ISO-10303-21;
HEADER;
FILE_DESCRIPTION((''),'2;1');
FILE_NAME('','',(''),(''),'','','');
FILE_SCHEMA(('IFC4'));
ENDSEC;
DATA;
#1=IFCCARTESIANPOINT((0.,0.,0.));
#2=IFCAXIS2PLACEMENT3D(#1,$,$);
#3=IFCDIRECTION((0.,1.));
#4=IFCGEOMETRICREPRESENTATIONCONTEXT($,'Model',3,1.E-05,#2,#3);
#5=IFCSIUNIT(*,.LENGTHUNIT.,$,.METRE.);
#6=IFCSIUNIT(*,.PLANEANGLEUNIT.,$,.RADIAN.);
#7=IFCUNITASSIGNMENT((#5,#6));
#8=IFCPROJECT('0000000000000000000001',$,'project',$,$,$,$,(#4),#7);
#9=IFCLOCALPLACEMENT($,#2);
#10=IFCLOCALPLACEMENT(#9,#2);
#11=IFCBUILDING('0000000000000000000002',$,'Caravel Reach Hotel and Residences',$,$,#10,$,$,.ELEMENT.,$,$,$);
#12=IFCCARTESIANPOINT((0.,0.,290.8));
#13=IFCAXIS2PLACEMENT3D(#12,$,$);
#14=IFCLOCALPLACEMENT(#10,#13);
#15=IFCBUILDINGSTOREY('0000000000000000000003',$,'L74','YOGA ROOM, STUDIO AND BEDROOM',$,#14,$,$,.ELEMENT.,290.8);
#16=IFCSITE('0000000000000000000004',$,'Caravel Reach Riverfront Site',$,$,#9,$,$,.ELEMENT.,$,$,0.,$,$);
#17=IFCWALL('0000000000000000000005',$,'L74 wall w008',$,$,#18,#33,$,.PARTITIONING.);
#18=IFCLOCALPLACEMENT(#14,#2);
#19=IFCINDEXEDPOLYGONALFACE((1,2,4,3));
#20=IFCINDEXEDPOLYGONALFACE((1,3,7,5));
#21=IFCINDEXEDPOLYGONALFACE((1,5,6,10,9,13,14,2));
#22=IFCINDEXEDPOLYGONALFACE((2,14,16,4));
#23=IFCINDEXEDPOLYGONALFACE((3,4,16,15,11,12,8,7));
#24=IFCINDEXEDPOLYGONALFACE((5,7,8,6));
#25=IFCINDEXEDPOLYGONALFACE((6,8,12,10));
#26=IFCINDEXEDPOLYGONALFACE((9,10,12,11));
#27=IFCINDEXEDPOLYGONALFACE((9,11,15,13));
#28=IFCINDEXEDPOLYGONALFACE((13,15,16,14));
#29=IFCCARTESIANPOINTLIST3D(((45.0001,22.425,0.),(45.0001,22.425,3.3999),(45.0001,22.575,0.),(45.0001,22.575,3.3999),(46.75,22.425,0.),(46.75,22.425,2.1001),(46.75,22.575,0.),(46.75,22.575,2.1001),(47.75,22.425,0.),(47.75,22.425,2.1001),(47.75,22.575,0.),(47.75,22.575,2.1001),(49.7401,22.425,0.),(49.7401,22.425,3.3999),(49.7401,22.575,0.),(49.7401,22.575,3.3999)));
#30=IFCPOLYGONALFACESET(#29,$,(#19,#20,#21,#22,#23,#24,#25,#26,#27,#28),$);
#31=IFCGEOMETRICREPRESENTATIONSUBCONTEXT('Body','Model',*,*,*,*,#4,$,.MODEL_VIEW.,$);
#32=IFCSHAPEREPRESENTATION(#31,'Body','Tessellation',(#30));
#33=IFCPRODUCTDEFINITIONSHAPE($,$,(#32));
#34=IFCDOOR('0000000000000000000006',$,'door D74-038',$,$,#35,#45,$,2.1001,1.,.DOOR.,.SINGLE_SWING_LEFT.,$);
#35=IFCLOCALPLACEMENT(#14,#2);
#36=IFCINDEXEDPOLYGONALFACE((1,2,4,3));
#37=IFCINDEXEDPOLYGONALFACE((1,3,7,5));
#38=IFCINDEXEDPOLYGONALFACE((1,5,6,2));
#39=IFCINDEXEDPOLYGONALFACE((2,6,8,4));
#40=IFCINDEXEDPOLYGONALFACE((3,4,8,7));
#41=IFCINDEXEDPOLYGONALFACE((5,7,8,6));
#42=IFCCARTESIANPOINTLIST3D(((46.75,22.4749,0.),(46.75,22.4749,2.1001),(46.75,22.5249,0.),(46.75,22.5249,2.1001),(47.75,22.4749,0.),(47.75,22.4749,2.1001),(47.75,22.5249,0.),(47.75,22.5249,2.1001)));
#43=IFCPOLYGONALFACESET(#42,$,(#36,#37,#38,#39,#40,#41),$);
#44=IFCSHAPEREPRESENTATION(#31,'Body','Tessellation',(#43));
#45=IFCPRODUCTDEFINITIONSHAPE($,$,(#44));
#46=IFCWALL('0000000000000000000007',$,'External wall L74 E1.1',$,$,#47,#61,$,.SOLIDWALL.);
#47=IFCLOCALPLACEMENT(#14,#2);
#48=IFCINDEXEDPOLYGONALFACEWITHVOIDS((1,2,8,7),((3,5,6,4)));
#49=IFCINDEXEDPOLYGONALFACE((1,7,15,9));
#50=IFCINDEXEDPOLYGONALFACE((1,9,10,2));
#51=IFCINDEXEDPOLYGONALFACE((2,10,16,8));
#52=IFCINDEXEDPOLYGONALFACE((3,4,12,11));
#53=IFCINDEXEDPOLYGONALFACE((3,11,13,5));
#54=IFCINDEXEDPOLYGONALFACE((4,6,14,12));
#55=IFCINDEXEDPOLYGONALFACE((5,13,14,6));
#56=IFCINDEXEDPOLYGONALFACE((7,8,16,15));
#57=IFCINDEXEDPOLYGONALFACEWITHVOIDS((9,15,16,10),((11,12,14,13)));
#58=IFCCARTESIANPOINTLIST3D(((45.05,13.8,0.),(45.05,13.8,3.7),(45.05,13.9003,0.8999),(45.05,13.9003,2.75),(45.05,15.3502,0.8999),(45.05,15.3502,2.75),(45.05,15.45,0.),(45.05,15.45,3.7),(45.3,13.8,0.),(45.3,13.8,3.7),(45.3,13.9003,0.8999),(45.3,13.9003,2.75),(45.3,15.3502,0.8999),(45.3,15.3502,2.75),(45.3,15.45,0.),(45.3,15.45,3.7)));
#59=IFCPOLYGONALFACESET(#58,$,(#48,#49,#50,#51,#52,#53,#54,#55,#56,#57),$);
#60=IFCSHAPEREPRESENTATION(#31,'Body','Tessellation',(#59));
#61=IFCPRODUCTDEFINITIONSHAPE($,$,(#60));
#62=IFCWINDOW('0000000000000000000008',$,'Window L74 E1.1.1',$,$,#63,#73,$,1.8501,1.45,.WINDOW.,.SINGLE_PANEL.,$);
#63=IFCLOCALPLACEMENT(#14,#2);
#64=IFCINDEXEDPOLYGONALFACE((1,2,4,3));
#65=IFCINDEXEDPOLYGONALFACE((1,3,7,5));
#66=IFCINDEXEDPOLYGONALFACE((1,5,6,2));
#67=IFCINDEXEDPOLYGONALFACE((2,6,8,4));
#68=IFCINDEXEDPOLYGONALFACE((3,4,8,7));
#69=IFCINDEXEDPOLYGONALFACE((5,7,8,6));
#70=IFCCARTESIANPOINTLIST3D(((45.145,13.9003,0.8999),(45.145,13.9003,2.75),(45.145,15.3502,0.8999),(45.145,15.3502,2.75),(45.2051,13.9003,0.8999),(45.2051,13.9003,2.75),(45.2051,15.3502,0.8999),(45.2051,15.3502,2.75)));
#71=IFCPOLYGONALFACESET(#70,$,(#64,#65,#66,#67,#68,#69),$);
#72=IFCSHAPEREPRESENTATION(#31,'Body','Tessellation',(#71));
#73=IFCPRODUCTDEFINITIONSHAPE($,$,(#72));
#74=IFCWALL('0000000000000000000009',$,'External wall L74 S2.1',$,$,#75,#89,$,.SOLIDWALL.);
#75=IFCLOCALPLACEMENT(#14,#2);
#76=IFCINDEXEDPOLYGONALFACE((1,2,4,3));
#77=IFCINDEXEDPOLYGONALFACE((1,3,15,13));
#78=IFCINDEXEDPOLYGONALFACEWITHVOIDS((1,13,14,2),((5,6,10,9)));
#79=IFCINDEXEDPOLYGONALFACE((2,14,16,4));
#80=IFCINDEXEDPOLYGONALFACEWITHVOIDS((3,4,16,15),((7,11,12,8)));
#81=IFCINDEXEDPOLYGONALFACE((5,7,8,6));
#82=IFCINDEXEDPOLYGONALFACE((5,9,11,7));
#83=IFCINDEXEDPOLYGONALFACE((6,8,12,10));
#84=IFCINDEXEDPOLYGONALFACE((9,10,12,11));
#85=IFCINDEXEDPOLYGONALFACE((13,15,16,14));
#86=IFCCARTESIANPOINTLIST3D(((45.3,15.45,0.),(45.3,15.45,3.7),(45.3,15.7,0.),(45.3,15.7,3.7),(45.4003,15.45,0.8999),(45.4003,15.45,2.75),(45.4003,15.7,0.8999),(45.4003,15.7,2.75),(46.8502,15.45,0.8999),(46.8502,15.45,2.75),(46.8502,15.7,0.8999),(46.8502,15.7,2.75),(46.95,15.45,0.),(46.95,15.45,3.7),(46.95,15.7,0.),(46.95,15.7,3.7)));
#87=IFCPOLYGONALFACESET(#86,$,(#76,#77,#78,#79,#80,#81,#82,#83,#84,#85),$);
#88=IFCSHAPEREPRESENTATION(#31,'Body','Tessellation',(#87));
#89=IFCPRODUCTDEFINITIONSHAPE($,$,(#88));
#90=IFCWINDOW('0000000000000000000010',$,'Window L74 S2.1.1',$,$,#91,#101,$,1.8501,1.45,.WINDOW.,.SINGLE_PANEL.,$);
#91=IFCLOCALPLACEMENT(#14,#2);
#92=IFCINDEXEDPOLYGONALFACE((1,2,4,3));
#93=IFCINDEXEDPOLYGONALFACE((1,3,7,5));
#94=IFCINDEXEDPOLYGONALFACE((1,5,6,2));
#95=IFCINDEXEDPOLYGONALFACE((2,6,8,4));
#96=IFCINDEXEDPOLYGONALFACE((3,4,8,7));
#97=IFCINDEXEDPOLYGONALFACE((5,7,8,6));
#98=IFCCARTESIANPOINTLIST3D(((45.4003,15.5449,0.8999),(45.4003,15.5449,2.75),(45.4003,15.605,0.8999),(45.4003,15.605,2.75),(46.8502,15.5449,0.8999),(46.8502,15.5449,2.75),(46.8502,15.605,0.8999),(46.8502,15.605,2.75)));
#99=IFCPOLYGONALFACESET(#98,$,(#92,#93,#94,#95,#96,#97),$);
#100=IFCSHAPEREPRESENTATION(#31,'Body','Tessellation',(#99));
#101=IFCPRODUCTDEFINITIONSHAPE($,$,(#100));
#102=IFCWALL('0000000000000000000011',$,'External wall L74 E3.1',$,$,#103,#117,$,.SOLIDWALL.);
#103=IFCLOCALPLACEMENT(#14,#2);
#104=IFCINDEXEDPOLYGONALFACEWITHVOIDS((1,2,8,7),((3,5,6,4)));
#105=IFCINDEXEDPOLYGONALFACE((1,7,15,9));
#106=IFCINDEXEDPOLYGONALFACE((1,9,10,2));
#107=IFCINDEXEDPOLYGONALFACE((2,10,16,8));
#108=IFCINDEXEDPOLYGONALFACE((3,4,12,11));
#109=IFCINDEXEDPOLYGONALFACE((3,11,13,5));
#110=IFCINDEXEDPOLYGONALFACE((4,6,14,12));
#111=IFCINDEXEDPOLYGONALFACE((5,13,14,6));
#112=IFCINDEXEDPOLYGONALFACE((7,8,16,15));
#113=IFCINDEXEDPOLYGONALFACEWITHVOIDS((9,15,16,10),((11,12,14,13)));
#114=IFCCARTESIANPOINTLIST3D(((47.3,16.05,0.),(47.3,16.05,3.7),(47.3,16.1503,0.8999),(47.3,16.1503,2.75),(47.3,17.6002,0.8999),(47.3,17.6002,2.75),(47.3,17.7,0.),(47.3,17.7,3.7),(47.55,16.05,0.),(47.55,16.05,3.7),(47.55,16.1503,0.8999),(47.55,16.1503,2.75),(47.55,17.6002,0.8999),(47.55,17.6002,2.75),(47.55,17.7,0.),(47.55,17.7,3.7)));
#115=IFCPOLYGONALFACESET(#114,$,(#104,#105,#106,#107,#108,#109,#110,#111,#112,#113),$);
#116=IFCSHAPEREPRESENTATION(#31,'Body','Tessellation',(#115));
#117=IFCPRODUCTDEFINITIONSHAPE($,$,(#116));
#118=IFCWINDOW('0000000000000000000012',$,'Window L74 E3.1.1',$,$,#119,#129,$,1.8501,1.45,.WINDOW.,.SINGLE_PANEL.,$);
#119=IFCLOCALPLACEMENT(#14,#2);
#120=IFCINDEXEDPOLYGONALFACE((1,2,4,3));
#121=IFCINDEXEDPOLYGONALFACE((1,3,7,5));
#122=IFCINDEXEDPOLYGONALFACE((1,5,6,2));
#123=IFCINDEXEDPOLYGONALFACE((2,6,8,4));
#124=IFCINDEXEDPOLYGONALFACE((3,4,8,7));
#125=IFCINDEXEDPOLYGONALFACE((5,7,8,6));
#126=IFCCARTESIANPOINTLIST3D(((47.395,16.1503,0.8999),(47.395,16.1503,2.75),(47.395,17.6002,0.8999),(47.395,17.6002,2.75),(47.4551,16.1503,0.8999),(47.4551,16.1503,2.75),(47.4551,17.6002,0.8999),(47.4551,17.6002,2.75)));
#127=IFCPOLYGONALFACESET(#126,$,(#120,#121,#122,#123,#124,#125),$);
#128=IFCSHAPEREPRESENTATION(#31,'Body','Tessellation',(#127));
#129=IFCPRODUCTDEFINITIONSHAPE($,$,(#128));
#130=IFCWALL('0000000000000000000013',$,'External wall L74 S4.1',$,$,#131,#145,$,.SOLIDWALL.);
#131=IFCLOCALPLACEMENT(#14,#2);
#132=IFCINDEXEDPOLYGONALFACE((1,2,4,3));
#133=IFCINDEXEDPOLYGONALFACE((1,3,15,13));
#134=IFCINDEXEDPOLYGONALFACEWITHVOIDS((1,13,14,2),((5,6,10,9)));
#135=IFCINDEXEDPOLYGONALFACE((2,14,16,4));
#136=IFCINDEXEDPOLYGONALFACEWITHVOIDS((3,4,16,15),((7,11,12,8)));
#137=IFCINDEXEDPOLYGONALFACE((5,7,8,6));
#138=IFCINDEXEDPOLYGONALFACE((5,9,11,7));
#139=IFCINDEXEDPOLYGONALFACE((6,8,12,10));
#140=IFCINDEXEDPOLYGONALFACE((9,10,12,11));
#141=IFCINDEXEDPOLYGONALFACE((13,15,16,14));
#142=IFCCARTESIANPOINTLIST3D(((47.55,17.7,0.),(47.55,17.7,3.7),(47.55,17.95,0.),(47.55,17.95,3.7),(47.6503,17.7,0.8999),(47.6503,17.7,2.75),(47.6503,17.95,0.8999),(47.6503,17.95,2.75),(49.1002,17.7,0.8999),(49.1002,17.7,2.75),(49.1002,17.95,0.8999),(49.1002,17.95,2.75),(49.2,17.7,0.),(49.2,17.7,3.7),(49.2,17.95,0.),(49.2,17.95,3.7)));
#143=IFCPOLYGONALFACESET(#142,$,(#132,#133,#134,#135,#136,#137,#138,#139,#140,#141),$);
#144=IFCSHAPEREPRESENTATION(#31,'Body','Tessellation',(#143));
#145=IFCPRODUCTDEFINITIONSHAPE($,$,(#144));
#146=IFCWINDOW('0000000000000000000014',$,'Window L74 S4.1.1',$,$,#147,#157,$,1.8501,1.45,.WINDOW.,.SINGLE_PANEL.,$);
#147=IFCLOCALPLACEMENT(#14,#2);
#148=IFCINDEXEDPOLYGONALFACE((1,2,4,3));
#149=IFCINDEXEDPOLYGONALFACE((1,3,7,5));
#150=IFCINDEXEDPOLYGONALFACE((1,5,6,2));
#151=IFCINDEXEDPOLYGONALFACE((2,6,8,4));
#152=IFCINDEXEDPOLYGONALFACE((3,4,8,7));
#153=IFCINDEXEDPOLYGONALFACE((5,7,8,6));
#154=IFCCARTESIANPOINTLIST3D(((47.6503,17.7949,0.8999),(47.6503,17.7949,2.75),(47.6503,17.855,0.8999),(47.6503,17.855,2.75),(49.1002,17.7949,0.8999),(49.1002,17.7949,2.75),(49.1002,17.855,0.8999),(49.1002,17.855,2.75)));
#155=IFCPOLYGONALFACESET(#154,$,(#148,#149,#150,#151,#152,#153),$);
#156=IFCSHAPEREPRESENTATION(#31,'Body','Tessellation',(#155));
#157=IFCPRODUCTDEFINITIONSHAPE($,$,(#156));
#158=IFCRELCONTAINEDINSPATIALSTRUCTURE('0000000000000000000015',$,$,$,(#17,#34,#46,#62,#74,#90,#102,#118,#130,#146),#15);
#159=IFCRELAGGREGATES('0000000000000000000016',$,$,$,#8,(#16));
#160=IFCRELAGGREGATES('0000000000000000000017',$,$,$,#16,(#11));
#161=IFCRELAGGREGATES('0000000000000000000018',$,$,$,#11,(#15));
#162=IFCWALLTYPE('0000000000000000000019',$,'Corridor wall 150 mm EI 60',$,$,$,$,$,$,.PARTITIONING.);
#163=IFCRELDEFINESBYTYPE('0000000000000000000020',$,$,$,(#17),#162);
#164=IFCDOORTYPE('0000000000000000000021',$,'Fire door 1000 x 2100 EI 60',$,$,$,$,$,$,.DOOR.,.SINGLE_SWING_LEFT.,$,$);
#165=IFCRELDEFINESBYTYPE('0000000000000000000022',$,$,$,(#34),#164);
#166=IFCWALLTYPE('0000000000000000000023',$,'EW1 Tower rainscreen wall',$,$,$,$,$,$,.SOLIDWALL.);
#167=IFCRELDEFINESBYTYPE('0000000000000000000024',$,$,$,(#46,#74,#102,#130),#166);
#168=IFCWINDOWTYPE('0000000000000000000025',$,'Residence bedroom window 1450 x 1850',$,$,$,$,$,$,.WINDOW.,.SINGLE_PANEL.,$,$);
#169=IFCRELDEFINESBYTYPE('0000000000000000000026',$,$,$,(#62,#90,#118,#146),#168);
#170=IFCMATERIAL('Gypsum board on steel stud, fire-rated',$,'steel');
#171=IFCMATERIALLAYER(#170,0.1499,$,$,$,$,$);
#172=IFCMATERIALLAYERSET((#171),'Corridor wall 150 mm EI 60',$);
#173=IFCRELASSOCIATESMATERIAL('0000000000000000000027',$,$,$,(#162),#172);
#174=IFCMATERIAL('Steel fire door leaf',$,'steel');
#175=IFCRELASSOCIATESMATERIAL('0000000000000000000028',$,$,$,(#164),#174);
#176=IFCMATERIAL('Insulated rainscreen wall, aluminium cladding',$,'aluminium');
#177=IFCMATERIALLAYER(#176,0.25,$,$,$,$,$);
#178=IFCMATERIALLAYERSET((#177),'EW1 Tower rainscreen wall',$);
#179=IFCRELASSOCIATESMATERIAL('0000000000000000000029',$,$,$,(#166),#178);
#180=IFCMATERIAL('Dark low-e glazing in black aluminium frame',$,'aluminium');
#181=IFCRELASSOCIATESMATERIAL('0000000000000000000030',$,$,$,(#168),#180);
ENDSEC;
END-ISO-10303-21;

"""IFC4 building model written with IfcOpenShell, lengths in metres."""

from ifc_helpers import new_model, si_unit, direction, frame, frame_2d, origin, place, context, subcontext, project, spatial, rectangle, extrude, material, layer, layer_set, type_object, element, fill, save


model = new_model("IFC4")

# Units and contexts
model_context = context("Model", 3, precision=1e-05, world=origin(), true_north=direction((0.0, 1.0)))
body_context = subcontext(model_context, "Body", "Model", "MODEL_VIEW")
ifc_project = project(units=[si_unit("LENGTHUNIT", "METRE"), si_unit("PLANEANGLEUNIT", "RADIAN")], contexts=[model_context])

# Site, building, storey
site_placement = place(None, origin())
site = spatial("IfcSite", under=ifc_project, at=site_placement, Name="Caravel Reach Riverfront Site", CompositionType="ELEMENT", RefElevation=0.0)
building_placement = place(site_placement, origin())
building = spatial("IfcBuilding", under=site, at=building_placement, Name="Caravel Reach Hotel and Residences", CompositionType="ELEMENT")
storey_placement = place(building_placement, frame((0.0, 0.0, 290.8)))
storey = spatial("IfcBuildingStorey", under=building, at=storey_placement, Name="L74", Description="YOGA ROOM, STUDIO AND BEDROOM", CompositionType="ELEMENT", Elevation=290.8)

# Shared definitions
ifc_material_1 = material(Name="Gypsum board on steel stud, fire-rated", Category="steel")
ifc_layer_1 = layer(ifc_material_1, 0.1499)
ifc_layer_set_1 = layer_set([ifc_layer_1], Name="Corridor wall 150 mm EI 60")
wall_type_1 = type_object("IfcWallType", Name="Corridor wall 150 mm EI 60", PredefinedType="PARTITIONING", material=ifc_layer_set_1)

# Wall, opening, door
wall_1_placement = place(storey_placement, frame((45.0, 22.5, 0.0), z_axis=(0.0, 0.0, 1.0), x_axis=(1.0, 0.0, 0.0)))
wall_1 = element("IfcWall", 1, at=wall_1_placement, inside=storey, type_object=wall_type_1, Name="L74 wall w008", PredefinedType="PARTITIONING", context=body_context, shape_type="SweptSolid", body=[
    extrude(rectangle(XDim=4.74, YDim=0.1499, at=frame_2d((2.3701, 0.0))), origin(), (0.0, 0.0, 1.0), 3.3999),
])
opening_1_placement = place(wall_1_placement, frame((1.75, 0.0, 0.0)))
opening_1 = element("IfcOpeningElement", 2, at=opening_1_placement, cuts=wall_1, PredefinedType="OPENING", context=body_context, shape_type="SweptSolid", body=[
    extrude(rectangle(XDim=1.0, YDim=2.1001, at=frame_2d((0.5, 1.05))), frame((0.0, 0.085, 0.0), z_axis=(0.0, -1.0, 0.0), x_axis=(1.0, 0.0, 0.0)), (0.0, 0.0, 1.0), 0.1699),
])
ifc_material_2 = material(Name="Steel fire door leaf", Category="steel")
door_type = type_object("IfcDoorType", Name="Fire door 1000 x 2100 EI 60", OperationType="SINGLE_SWING_LEFT", PredefinedType="DOOR", material=ifc_material_2)
door_placement = place(opening_1_placement, origin())
door = element("IfcDoor", 3, at=door_placement, inside=storey, type_object=door_type, Name="door D74-038", OperationType="SINGLE_SWING_LEFT", OverallHeight=2.1001, OverallWidth=1.0, PredefinedType="DOOR", context=body_context, shape_type="SweptSolid", body=[
    extrude(rectangle(XDim=1.0, YDim=2.1001, at=frame_2d((0.5, 1.05))), frame((0.0, 0.0249, 0.0), z_axis=(0.0, -1.0, 0.0), x_axis=(1.0, 0.0, 0.0)), (0.0, 0.0, 1.0), 0.05),
])
fill(opening_1, door)

# Walls, openings, windows
ifc_material_3 = material(Name="Insulated rainscreen wall, aluminium cladding", Category="aluminium")
ifc_layer_2 = layer(ifc_material_3, 0.25)
ifc_layer_set_2 = layer_set([ifc_layer_2], Name="EW1 Tower rainscreen wall")
wall_type_2 = type_object("IfcWallType", Name="EW1 Tower rainscreen wall", PredefinedType="SOLIDWALL", material=ifc_layer_set_2)
wall_2_placement = place(storey_placement, frame((45.175, 13.8, 0.0), z_axis=(0.0, 0.0, 1.0), x_axis=(0.0, 1.0, 0.0)))
wall_2 = element("IfcWall", 4, at=wall_2_placement, inside=storey, type_object=wall_type_2, Name="External wall L74 E1.1", PredefinedType="SOLIDWALL", context=body_context, shape_type="SweptSolid", body=[
    extrude(rectangle(XDim=1.6499, YDim=0.25, at=frame_2d((0.825, 0.0))), origin(), (0.0, 0.0, 1.0), 3.7),
])
opening_2_placement = place(wall_2_placement, frame((0.1001, 0.0, 0.8999)))
opening_2 = element("IfcOpeningElement", 5, at=opening_2_placement, cuts=wall_2, PredefinedType="OPENING", context=body_context, shape_type="SweptSolid", body=[
    extrude(rectangle(XDim=1.45, YDim=1.8501, at=frame_2d((0.7251, 0.925))), frame((0.0, 0.135, 0.0), z_axis=(0.0, -1.0, 0.0), x_axis=(1.0, 0.0, 0.0)), (0.0, 0.0, 1.0), 0.27),
])
ifc_material_4 = material(Name="Dark low-e glazing in black aluminium frame", Category="aluminium")
window_type_1 = type_object("IfcWindowType", Name="Residence bedroom window 1450 x 1850", PartitioningType="SINGLE_PANEL", PredefinedType="WINDOW", material=ifc_material_4)
window_1_placement = place(opening_2_placement, origin())
window_1 = element("IfcWindow", 6, at=window_1_placement, inside=storey, type_object=window_type_1, Name="Window L74 E1.1.1", OverallHeight=1.8501, OverallWidth=1.45, PartitioningType="SINGLE_PANEL", PredefinedType="WINDOW", context=body_context, shape_type="SweptSolid", body=[
    extrude(rectangle(XDim=1.45, YDim=1.8501, at=frame_2d((0.7251, 0.925))), frame((0.0, 0.03, 0.0), z_axis=(0.0, -1.0, 0.0), x_axis=(1.0, 0.0, 0.0)), (0.0, 0.0, 1.0), 0.0601),
])
fill(opening_2, window_1)
wall_3_placement = place(storey_placement, frame((45.3, 15.575, 0.0), z_axis=(0.0, 0.0, 1.0), x_axis=(1.0, 0.0, 0.0)))
wall_3 = element("IfcWall", 7, at=wall_3_placement, inside=storey, type_object=wall_type_2, Name="External wall L74 S2.1", PredefinedType="SOLIDWALL", context=body_context, shape_type="SweptSolid", body=[
    extrude(rectangle(XDim=1.6499, YDim=0.25, at=frame_2d((0.825, 0.0))), origin(), (0.0, 0.0, 1.0), 3.7),
])
opening_3_placement = place(wall_3_placement, frame((0.1001, 0.0, 0.8999)))
opening_3 = element("IfcOpeningElement", 8, at=opening_3_placement, cuts=wall_3, PredefinedType="OPENING", context=body_context, shape_type="SweptSolid", body=[
    extrude(rectangle(XDim=1.45, YDim=1.8501, at=frame_2d((0.7251, 0.925))), frame((0.0, 0.135, 0.0), z_axis=(0.0, -1.0, 0.0), x_axis=(1.0, 0.0, 0.0)), (0.0, 0.0, 1.0), 0.27),
])
window_2_placement = place(opening_3_placement, origin())
window_2 = element("IfcWindow", 9, at=window_2_placement, inside=storey, type_object=window_type_1, Name="Window L74 S2.1.1", OverallHeight=1.8501, OverallWidth=1.45, PartitioningType="SINGLE_PANEL", PredefinedType="WINDOW", context=body_context, shape_type="SweptSolid", body=[
    extrude(rectangle(XDim=1.45, YDim=1.8501, at=frame_2d((0.7251, 0.925))), frame((0.0, 0.03, 0.0), z_axis=(0.0, -1.0, 0.0), x_axis=(1.0, 0.0, 0.0)), (0.0, 0.0, 1.0), 0.0601),
])
fill(opening_3, window_2)
wall_4_placement = place(storey_placement, frame((47.425, 16.05, 0.0), z_axis=(0.0, 0.0, 1.0), x_axis=(0.0, 1.0, 0.0)))
wall_4 = element("IfcWall", 10, at=wall_4_placement, inside=storey, type_object=wall_type_2, Name="External wall L74 E3.1", PredefinedType="SOLIDWALL", context=body_context, shape_type="SweptSolid", body=[
    extrude(rectangle(XDim=1.6499, YDim=0.25, at=frame_2d((0.825, 0.0))), origin(), (0.0, 0.0, 1.0), 3.7),
])
opening_4_placement = place(wall_4_placement, frame((0.1001, 0.0, 0.8999)))
opening_4 = element("IfcOpeningElement", 11, at=opening_4_placement, cuts=wall_4, PredefinedType="OPENING", context=body_context, shape_type="SweptSolid", body=[
    extrude(rectangle(XDim=1.45, YDim=1.8501, at=frame_2d((0.7251, 0.925))), frame((0.0, 0.135, 0.0), z_axis=(0.0, -1.0, 0.0), x_axis=(1.0, 0.0, 0.0)), (0.0, 0.0, 1.0), 0.27),
])
window_3_placement = place(opening_4_placement, origin())
window_3 = element("IfcWindow", 12, at=window_3_placement, inside=storey, type_object=window_type_1, Name="Window L74 E3.1.1", OverallHeight=1.8501, OverallWidth=1.45, PartitioningType="SINGLE_PANEL", PredefinedType="WINDOW", context=body_context, shape_type="SweptSolid", body=[
    extrude(rectangle(XDim=1.45, YDim=1.8501, at=frame_2d((0.7251, 0.925))), frame((0.0, 0.03, 0.0), z_axis=(0.0, -1.0, 0.0), x_axis=(1.0, 0.0, 0.0)), (0.0, 0.0, 1.0), 0.0601),
])
fill(opening_4, window_3)
wall_5_placement = place(storey_placement, frame((47.55, 17.825, 0.0), z_axis=(0.0, 0.0, 1.0), x_axis=(1.0, 0.0, 0.0)))
wall_5 = element("IfcWall", 13, at=wall_5_placement, inside=storey, type_object=wall_type_2, Name="External wall L74 S4.1", PredefinedType="SOLIDWALL", context=body_context, shape_type="SweptSolid", body=[
    extrude(rectangle(XDim=1.6499, YDim=0.25, at=frame_2d((0.825, 0.0))), origin(), (0.0, 0.0, 1.0), 3.7),
])
opening_5_placement = place(wall_5_placement, frame((0.1001, 0.0, 0.8999)))
opening_5 = element("IfcOpeningElement", 14, at=opening_5_placement, cuts=wall_5, PredefinedType="OPENING", context=body_context, shape_type="SweptSolid", body=[
    extrude(rectangle(XDim=1.45, YDim=1.8501, at=frame_2d((0.7251, 0.925))), frame((0.0, 0.135, 0.0), z_axis=(0.0, -1.0, 0.0), x_axis=(1.0, 0.0, 0.0)), (0.0, 0.0, 1.0), 0.27),
])
window_4_placement = place(opening_5_placement, origin())
window_4 = element("IfcWindow", 15, at=window_4_placement, inside=storey, type_object=window_type_1, Name="Window L74 S4.1.1", OverallHeight=1.8501, OverallWidth=1.45, PartitioningType="SINGLE_PANEL", PredefinedType="WINDOW", context=body_context, shape_type="SweptSolid", body=[
    extrude(rectangle(XDim=1.45, YDim=1.8501, at=frame_2d((0.7251, 0.925))), frame((0.0, 0.03, 0.0), z_axis=(0.0, -1.0, 0.0), x_axis=(1.0, 0.0, 0.0)), (0.0, 0.0, 1.0), 0.0601),
])
fill(opening_5, window_4)

save(model, "model.ifc")
